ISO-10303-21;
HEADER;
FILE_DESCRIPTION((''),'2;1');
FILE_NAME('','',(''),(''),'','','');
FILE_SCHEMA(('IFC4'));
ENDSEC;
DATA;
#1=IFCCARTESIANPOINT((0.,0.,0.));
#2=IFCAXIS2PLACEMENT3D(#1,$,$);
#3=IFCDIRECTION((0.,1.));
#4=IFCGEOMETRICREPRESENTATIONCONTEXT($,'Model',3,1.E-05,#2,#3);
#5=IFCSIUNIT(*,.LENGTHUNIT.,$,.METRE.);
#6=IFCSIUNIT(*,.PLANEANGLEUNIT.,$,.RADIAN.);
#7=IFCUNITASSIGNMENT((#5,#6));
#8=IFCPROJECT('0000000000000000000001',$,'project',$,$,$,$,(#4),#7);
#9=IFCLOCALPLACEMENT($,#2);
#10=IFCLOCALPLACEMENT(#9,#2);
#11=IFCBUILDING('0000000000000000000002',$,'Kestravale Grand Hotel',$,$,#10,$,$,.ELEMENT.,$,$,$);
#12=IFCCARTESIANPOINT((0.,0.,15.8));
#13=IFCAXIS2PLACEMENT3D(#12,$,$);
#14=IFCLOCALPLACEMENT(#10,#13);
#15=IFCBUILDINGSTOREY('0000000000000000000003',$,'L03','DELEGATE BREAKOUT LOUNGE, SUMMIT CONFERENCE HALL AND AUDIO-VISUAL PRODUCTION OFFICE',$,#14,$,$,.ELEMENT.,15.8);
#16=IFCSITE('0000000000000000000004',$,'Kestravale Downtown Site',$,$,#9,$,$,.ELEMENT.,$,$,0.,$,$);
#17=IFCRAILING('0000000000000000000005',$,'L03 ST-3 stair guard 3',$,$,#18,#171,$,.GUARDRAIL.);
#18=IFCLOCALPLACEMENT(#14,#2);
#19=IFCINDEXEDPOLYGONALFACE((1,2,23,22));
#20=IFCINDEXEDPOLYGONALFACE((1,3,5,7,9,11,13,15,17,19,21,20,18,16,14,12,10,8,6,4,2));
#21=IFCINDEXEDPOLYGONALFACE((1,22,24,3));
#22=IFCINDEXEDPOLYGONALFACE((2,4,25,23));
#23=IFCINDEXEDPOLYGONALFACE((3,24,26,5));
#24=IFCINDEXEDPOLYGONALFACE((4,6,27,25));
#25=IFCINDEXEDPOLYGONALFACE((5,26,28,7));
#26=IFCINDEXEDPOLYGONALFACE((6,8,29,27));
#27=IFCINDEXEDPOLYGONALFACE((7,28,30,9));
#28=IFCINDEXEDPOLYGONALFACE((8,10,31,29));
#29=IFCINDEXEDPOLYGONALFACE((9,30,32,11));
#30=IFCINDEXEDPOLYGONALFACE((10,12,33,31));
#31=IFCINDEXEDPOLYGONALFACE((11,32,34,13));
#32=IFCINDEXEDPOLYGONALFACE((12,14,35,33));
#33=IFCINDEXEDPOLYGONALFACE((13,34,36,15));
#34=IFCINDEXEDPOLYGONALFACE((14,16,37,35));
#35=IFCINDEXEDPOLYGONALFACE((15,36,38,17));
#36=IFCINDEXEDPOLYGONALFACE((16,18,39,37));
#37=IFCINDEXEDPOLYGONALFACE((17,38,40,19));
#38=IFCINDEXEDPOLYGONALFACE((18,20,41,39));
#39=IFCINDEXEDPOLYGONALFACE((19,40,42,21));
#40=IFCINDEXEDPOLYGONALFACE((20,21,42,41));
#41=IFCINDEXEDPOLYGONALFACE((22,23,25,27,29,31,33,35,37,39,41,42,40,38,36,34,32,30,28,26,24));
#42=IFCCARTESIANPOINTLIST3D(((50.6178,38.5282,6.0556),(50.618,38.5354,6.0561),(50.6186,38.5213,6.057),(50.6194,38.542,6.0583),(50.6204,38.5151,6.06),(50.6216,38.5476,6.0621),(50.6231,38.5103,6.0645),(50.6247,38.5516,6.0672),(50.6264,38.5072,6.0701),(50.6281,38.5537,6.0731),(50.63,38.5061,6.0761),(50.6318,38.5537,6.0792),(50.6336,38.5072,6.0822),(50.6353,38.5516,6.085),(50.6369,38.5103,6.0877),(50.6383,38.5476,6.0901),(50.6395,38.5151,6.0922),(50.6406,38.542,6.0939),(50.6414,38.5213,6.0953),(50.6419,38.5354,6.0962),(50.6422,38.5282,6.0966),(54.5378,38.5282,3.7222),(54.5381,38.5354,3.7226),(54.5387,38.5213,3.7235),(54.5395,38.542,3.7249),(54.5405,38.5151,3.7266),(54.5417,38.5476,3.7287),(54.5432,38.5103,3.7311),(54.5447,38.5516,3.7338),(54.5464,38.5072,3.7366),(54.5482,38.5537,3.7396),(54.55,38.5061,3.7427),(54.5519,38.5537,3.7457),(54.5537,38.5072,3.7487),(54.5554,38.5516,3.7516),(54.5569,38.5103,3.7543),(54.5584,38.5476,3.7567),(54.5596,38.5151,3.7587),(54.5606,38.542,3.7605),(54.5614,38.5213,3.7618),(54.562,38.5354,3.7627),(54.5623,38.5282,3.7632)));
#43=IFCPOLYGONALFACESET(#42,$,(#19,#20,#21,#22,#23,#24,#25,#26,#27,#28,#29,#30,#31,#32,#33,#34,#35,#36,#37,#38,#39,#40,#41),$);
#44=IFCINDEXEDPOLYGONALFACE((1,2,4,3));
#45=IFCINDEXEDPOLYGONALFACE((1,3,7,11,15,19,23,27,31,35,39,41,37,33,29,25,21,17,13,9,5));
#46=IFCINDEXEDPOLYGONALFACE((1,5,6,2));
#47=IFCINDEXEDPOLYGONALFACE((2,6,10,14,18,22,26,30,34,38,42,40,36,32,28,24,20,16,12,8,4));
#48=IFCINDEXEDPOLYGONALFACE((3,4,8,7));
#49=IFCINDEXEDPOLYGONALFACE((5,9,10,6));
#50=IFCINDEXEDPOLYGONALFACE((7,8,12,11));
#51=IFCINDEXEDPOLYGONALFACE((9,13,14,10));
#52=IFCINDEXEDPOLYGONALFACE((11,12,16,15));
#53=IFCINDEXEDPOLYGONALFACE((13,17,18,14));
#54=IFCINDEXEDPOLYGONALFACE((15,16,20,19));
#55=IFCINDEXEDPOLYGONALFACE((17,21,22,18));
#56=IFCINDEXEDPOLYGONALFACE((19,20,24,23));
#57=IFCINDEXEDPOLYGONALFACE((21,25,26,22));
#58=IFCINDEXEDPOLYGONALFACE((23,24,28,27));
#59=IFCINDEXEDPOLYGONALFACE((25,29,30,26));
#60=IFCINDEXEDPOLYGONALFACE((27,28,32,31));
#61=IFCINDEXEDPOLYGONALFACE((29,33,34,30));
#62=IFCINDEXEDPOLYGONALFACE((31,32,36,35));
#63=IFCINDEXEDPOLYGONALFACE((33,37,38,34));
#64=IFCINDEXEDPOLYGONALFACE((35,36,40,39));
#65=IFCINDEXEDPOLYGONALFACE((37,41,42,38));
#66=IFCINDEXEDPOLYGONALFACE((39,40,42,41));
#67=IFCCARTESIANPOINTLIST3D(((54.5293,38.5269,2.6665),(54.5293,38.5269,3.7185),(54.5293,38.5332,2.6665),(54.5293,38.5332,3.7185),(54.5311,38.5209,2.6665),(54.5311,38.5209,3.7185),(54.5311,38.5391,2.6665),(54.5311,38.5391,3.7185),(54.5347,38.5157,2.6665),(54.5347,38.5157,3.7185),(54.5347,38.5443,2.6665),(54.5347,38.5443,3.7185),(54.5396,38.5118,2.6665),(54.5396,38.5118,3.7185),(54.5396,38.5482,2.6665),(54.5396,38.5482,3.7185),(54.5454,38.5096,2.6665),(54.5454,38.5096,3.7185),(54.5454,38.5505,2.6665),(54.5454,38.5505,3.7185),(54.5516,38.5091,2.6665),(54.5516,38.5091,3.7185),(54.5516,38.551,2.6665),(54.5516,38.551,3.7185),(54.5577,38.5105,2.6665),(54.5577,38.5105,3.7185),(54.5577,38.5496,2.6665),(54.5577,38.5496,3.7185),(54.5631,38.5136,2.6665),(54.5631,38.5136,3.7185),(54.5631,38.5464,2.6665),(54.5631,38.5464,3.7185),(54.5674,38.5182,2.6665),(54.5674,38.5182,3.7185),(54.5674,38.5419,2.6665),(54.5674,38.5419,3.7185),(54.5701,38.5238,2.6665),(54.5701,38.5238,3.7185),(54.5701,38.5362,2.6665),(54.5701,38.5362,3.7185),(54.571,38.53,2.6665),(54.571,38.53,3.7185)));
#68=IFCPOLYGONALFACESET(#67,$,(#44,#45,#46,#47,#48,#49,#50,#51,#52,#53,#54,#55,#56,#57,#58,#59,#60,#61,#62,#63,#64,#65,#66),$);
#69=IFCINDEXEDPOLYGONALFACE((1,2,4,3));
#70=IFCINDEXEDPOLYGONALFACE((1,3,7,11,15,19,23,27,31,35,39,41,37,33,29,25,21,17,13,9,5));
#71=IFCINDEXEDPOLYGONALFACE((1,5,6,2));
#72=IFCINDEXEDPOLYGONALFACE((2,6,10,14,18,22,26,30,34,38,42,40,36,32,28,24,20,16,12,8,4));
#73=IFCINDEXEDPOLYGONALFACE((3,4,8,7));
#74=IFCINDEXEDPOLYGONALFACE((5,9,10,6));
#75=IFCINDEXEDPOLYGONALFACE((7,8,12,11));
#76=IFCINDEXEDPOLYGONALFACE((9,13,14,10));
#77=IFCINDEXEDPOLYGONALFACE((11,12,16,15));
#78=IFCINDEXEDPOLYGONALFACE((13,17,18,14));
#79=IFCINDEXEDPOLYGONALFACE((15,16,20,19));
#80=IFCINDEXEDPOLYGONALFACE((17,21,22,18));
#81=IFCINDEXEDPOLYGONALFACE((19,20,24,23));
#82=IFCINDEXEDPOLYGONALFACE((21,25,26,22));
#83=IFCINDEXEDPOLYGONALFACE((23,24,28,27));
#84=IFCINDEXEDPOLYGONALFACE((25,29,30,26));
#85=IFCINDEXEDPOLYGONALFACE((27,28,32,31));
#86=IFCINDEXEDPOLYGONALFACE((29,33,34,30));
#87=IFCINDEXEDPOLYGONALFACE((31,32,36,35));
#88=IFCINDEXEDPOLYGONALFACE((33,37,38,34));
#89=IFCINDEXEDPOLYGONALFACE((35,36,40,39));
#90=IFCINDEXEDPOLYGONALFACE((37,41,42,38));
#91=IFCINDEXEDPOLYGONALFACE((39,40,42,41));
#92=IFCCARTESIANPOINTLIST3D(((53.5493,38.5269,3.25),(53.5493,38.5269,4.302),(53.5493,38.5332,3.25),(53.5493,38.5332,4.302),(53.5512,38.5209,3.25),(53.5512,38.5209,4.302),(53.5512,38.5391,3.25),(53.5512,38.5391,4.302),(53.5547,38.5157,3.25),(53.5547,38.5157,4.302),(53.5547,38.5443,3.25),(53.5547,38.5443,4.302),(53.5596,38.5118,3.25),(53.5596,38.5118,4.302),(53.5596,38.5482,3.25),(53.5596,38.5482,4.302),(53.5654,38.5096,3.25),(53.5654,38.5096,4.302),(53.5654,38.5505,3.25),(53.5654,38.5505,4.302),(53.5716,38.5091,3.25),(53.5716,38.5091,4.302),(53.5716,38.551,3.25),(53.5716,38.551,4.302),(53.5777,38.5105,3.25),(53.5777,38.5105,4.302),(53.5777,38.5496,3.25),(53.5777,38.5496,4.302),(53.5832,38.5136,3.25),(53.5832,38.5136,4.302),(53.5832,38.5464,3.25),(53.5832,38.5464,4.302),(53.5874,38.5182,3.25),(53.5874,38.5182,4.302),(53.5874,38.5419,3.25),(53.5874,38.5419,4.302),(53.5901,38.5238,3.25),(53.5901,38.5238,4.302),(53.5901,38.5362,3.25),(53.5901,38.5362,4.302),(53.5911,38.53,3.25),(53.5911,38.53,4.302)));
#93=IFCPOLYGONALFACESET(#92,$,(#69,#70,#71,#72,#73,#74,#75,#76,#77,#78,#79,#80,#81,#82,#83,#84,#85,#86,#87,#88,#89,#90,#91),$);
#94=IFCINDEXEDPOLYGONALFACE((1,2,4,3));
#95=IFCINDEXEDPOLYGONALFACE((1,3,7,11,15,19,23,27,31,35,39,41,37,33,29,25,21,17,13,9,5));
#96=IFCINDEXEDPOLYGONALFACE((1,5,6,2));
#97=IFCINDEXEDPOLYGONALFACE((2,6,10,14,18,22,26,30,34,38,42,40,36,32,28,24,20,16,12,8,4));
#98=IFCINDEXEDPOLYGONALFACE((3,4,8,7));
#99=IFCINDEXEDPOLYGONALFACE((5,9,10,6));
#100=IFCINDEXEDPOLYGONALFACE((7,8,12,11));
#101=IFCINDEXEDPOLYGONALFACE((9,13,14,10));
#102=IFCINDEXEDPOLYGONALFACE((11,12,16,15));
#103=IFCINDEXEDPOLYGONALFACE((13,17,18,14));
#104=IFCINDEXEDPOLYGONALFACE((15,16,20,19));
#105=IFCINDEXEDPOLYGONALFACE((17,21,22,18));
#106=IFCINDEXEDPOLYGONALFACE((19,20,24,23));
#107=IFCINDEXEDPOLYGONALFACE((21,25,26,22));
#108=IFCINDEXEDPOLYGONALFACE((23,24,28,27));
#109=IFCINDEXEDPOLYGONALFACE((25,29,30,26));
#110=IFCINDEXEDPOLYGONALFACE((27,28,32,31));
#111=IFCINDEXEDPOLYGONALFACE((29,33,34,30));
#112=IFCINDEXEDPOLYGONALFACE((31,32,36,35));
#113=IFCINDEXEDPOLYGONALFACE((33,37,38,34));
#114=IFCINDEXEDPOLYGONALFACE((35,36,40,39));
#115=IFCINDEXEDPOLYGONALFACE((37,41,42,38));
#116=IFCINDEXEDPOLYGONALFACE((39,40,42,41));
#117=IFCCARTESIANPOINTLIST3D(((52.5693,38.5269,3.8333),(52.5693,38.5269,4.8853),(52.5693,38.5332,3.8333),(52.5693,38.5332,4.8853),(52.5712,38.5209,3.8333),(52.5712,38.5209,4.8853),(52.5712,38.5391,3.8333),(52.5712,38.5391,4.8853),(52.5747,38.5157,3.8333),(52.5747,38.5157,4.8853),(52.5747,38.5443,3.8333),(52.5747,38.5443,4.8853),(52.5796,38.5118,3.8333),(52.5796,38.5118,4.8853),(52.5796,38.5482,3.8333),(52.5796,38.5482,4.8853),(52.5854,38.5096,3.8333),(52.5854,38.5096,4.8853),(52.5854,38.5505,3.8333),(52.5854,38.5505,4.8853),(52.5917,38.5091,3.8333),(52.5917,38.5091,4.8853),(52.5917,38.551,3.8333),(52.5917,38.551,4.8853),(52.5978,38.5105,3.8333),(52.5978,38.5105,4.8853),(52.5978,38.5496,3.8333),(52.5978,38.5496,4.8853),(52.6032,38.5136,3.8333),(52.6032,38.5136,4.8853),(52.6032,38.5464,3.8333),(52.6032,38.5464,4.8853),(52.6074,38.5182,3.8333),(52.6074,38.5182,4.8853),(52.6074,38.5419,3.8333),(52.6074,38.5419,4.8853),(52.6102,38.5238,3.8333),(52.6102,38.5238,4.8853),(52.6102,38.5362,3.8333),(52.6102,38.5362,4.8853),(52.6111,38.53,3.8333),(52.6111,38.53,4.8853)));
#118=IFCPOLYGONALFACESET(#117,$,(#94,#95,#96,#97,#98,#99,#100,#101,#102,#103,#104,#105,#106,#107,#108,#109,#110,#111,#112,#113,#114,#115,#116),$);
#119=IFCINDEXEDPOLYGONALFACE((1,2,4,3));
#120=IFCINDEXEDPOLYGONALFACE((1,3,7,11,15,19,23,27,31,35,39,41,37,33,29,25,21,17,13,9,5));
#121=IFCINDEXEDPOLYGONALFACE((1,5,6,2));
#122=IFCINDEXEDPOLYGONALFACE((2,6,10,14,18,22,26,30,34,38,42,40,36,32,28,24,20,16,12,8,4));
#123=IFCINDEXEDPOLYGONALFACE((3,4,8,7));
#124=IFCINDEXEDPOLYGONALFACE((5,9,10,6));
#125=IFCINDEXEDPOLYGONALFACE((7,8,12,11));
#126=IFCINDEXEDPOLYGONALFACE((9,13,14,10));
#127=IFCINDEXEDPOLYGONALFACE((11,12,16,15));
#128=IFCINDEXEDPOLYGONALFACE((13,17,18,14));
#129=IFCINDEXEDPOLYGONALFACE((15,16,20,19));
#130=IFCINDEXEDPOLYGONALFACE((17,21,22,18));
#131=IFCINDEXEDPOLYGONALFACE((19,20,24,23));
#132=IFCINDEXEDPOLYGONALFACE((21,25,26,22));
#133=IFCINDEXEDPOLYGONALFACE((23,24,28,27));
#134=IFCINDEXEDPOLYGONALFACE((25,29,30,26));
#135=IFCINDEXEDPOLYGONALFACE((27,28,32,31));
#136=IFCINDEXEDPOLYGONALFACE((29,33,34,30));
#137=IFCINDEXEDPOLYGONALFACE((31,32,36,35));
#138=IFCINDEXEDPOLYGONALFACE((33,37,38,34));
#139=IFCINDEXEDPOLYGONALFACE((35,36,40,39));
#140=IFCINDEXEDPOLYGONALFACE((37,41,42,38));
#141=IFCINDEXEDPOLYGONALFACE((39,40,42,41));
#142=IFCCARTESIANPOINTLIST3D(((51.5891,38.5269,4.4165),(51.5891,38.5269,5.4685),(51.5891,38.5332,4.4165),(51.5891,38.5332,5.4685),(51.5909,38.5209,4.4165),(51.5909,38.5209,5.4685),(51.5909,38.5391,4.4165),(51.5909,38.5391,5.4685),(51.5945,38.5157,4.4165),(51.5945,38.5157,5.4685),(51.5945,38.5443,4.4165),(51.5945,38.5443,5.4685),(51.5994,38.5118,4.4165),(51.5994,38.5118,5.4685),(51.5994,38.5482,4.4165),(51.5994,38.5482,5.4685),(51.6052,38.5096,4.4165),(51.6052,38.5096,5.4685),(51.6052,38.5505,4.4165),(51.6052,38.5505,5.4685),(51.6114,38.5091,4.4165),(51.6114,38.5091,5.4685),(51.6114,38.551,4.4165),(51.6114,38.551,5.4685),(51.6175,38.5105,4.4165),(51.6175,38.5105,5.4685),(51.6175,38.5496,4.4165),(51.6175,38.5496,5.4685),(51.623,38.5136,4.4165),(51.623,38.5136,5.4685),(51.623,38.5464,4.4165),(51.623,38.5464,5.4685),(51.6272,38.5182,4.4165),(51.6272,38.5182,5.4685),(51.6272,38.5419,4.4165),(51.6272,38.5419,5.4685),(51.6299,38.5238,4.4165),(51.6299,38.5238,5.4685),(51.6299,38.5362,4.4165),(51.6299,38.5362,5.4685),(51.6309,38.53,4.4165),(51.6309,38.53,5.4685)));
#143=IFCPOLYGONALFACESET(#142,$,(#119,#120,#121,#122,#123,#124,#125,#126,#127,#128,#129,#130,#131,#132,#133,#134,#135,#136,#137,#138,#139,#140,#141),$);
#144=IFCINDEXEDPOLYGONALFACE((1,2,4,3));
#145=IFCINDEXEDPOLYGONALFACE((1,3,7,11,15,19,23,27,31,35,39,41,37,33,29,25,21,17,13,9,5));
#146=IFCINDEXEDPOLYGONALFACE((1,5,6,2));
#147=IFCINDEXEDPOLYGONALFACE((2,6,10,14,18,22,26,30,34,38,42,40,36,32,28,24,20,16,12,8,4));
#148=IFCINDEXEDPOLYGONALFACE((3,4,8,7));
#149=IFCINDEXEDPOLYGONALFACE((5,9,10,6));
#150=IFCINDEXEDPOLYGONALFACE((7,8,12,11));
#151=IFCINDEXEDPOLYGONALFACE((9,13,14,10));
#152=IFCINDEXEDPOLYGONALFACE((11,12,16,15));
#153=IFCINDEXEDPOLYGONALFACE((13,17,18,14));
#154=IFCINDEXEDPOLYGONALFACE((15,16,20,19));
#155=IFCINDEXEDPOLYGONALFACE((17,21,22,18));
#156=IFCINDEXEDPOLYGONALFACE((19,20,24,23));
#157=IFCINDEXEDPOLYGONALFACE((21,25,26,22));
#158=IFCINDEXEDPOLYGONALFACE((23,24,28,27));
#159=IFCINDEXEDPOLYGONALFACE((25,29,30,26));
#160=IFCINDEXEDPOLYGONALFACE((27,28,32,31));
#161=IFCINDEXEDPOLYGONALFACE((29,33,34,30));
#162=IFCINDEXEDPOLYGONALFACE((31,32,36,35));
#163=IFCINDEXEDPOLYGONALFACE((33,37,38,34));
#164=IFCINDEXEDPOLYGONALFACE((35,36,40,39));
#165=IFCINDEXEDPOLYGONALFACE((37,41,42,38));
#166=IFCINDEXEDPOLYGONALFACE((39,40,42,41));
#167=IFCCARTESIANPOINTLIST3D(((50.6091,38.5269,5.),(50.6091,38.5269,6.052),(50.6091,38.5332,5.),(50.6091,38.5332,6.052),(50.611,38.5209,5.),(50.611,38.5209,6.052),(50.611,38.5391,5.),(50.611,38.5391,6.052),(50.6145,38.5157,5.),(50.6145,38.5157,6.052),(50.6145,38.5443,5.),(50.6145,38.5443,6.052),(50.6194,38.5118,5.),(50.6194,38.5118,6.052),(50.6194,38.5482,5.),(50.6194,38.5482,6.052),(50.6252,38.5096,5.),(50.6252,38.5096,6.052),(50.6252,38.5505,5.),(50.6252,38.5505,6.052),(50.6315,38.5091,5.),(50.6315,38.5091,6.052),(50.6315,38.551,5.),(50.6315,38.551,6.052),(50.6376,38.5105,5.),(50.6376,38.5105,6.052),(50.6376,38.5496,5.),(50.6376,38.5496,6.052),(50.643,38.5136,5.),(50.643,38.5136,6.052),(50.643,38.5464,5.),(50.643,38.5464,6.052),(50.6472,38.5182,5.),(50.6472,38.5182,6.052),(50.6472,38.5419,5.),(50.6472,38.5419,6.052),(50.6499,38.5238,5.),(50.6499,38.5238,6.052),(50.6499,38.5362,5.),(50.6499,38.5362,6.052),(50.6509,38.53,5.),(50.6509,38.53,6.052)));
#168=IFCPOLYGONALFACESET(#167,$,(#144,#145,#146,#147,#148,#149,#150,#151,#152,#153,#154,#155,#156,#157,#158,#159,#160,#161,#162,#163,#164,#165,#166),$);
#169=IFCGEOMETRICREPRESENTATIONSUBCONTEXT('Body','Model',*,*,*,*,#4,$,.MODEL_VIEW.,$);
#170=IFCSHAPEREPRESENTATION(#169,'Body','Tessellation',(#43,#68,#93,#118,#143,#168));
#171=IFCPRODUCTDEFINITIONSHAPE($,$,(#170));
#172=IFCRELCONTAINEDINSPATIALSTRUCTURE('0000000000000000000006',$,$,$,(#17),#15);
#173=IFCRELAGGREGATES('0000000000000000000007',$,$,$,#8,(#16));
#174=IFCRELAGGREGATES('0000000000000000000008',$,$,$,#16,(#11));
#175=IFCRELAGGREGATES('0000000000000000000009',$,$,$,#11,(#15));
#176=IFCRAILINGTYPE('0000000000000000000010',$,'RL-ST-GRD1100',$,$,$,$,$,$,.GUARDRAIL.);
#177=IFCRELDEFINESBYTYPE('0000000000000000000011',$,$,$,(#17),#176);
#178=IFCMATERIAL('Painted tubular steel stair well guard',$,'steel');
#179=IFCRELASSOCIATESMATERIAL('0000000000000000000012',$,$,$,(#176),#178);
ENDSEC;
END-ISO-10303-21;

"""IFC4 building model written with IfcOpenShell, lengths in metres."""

from ifc_helpers import new_model, si_unit, direction, frame, origin, origin_2d, place, context, subcontext, project, spatial, circle, extrude, material, type_object, element, save


model = new_model("IFC4")

# Units and contexts
model_context = context("Model", 3, precision=1e-05, world=origin(), true_north=direction((0.0, 1.0)))
body_context = subcontext(model_context, "Body", "Model", "MODEL_VIEW")
ifc_project = project(units=[si_unit("LENGTHUNIT", "METRE"), si_unit("PLANEANGLEUNIT", "RADIAN")], contexts=[model_context])

# Site, building, storey
site_placement = place(None, origin())
site = spatial("IfcSite", under=ifc_project, at=site_placement, Name="Kestravale Downtown Site", CompositionType="ELEMENT", RefElevation=0.0)
building_placement = place(site_placement, origin())
building = spatial("IfcBuilding", under=site, at=building_placement, Name="Kestravale Grand Hotel", CompositionType="ELEMENT")
storey_placement = place(building_placement, frame((0.0, 0.0, 15.8)))
storey = spatial("IfcBuildingStorey", under=building, at=storey_placement, Name="L03", Description="DELEGATE BREAKOUT LOUNGE, SUMMIT CONFERENCE HALL AND AUDIO-VISUAL PRODUCTION OFFICE", CompositionType="ELEMENT", Elevation=15.8)

# Railing
ifc_material_1 = material(Name="Painted tubular steel stair well guard", Category="steel")
railing_type_1 = type_object("IfcRailingType", Name="RL-ST-GRD1100", PredefinedType="GUARDRAIL", material=ifc_material_1)
railing_1_placement = place(storey_placement, frame((54.55, 38.53, 2.6665)))
element("IfcRailing", 1, at=railing_1_placement, inside=storey, type_object=railing_type_1, Name="L03 ST-3 stair guard 3", PredefinedType="GUARDRAIL", context=body_context, shape_type="SweptSolid", body=[
    extrude(circle(Radius=0.0239, at=origin_2d()), frame((0.0, 0.0, 1.0762), z_axis=(-0.859287, 0.0, 0.511494), x_axis=(0.0, -1.0, 0.0)), (0.0, 0.0, 1.0), 4.562),
    extrude(circle(Radius=0.021, at=origin_2d()), origin(), (0.0, 0.0, 1.0), 1.052),
    extrude(circle(Radius=0.021, at=origin_2d()), frame((-0.98, 0.0, 0.5835)), (0.0, 0.0, 1.0), 1.052),
    extrude(circle(Radius=0.021, at=origin_2d()), frame((-1.96, 0.0, 1.1667)), (0.0, 0.0, 1.0), 1.052),
    extrude(circle(Radius=0.021, at=origin_2d()), frame((-2.9402, 0.0, 1.75)), (0.0, 0.0, 1.0), 1.052),
    extrude(circle(Radius=0.021, at=origin_2d()), frame((-3.9202, 0.0, 2.3335)), (0.0, 0.0, 1.0), 1.052),
])

save(model, "model.ifc")
